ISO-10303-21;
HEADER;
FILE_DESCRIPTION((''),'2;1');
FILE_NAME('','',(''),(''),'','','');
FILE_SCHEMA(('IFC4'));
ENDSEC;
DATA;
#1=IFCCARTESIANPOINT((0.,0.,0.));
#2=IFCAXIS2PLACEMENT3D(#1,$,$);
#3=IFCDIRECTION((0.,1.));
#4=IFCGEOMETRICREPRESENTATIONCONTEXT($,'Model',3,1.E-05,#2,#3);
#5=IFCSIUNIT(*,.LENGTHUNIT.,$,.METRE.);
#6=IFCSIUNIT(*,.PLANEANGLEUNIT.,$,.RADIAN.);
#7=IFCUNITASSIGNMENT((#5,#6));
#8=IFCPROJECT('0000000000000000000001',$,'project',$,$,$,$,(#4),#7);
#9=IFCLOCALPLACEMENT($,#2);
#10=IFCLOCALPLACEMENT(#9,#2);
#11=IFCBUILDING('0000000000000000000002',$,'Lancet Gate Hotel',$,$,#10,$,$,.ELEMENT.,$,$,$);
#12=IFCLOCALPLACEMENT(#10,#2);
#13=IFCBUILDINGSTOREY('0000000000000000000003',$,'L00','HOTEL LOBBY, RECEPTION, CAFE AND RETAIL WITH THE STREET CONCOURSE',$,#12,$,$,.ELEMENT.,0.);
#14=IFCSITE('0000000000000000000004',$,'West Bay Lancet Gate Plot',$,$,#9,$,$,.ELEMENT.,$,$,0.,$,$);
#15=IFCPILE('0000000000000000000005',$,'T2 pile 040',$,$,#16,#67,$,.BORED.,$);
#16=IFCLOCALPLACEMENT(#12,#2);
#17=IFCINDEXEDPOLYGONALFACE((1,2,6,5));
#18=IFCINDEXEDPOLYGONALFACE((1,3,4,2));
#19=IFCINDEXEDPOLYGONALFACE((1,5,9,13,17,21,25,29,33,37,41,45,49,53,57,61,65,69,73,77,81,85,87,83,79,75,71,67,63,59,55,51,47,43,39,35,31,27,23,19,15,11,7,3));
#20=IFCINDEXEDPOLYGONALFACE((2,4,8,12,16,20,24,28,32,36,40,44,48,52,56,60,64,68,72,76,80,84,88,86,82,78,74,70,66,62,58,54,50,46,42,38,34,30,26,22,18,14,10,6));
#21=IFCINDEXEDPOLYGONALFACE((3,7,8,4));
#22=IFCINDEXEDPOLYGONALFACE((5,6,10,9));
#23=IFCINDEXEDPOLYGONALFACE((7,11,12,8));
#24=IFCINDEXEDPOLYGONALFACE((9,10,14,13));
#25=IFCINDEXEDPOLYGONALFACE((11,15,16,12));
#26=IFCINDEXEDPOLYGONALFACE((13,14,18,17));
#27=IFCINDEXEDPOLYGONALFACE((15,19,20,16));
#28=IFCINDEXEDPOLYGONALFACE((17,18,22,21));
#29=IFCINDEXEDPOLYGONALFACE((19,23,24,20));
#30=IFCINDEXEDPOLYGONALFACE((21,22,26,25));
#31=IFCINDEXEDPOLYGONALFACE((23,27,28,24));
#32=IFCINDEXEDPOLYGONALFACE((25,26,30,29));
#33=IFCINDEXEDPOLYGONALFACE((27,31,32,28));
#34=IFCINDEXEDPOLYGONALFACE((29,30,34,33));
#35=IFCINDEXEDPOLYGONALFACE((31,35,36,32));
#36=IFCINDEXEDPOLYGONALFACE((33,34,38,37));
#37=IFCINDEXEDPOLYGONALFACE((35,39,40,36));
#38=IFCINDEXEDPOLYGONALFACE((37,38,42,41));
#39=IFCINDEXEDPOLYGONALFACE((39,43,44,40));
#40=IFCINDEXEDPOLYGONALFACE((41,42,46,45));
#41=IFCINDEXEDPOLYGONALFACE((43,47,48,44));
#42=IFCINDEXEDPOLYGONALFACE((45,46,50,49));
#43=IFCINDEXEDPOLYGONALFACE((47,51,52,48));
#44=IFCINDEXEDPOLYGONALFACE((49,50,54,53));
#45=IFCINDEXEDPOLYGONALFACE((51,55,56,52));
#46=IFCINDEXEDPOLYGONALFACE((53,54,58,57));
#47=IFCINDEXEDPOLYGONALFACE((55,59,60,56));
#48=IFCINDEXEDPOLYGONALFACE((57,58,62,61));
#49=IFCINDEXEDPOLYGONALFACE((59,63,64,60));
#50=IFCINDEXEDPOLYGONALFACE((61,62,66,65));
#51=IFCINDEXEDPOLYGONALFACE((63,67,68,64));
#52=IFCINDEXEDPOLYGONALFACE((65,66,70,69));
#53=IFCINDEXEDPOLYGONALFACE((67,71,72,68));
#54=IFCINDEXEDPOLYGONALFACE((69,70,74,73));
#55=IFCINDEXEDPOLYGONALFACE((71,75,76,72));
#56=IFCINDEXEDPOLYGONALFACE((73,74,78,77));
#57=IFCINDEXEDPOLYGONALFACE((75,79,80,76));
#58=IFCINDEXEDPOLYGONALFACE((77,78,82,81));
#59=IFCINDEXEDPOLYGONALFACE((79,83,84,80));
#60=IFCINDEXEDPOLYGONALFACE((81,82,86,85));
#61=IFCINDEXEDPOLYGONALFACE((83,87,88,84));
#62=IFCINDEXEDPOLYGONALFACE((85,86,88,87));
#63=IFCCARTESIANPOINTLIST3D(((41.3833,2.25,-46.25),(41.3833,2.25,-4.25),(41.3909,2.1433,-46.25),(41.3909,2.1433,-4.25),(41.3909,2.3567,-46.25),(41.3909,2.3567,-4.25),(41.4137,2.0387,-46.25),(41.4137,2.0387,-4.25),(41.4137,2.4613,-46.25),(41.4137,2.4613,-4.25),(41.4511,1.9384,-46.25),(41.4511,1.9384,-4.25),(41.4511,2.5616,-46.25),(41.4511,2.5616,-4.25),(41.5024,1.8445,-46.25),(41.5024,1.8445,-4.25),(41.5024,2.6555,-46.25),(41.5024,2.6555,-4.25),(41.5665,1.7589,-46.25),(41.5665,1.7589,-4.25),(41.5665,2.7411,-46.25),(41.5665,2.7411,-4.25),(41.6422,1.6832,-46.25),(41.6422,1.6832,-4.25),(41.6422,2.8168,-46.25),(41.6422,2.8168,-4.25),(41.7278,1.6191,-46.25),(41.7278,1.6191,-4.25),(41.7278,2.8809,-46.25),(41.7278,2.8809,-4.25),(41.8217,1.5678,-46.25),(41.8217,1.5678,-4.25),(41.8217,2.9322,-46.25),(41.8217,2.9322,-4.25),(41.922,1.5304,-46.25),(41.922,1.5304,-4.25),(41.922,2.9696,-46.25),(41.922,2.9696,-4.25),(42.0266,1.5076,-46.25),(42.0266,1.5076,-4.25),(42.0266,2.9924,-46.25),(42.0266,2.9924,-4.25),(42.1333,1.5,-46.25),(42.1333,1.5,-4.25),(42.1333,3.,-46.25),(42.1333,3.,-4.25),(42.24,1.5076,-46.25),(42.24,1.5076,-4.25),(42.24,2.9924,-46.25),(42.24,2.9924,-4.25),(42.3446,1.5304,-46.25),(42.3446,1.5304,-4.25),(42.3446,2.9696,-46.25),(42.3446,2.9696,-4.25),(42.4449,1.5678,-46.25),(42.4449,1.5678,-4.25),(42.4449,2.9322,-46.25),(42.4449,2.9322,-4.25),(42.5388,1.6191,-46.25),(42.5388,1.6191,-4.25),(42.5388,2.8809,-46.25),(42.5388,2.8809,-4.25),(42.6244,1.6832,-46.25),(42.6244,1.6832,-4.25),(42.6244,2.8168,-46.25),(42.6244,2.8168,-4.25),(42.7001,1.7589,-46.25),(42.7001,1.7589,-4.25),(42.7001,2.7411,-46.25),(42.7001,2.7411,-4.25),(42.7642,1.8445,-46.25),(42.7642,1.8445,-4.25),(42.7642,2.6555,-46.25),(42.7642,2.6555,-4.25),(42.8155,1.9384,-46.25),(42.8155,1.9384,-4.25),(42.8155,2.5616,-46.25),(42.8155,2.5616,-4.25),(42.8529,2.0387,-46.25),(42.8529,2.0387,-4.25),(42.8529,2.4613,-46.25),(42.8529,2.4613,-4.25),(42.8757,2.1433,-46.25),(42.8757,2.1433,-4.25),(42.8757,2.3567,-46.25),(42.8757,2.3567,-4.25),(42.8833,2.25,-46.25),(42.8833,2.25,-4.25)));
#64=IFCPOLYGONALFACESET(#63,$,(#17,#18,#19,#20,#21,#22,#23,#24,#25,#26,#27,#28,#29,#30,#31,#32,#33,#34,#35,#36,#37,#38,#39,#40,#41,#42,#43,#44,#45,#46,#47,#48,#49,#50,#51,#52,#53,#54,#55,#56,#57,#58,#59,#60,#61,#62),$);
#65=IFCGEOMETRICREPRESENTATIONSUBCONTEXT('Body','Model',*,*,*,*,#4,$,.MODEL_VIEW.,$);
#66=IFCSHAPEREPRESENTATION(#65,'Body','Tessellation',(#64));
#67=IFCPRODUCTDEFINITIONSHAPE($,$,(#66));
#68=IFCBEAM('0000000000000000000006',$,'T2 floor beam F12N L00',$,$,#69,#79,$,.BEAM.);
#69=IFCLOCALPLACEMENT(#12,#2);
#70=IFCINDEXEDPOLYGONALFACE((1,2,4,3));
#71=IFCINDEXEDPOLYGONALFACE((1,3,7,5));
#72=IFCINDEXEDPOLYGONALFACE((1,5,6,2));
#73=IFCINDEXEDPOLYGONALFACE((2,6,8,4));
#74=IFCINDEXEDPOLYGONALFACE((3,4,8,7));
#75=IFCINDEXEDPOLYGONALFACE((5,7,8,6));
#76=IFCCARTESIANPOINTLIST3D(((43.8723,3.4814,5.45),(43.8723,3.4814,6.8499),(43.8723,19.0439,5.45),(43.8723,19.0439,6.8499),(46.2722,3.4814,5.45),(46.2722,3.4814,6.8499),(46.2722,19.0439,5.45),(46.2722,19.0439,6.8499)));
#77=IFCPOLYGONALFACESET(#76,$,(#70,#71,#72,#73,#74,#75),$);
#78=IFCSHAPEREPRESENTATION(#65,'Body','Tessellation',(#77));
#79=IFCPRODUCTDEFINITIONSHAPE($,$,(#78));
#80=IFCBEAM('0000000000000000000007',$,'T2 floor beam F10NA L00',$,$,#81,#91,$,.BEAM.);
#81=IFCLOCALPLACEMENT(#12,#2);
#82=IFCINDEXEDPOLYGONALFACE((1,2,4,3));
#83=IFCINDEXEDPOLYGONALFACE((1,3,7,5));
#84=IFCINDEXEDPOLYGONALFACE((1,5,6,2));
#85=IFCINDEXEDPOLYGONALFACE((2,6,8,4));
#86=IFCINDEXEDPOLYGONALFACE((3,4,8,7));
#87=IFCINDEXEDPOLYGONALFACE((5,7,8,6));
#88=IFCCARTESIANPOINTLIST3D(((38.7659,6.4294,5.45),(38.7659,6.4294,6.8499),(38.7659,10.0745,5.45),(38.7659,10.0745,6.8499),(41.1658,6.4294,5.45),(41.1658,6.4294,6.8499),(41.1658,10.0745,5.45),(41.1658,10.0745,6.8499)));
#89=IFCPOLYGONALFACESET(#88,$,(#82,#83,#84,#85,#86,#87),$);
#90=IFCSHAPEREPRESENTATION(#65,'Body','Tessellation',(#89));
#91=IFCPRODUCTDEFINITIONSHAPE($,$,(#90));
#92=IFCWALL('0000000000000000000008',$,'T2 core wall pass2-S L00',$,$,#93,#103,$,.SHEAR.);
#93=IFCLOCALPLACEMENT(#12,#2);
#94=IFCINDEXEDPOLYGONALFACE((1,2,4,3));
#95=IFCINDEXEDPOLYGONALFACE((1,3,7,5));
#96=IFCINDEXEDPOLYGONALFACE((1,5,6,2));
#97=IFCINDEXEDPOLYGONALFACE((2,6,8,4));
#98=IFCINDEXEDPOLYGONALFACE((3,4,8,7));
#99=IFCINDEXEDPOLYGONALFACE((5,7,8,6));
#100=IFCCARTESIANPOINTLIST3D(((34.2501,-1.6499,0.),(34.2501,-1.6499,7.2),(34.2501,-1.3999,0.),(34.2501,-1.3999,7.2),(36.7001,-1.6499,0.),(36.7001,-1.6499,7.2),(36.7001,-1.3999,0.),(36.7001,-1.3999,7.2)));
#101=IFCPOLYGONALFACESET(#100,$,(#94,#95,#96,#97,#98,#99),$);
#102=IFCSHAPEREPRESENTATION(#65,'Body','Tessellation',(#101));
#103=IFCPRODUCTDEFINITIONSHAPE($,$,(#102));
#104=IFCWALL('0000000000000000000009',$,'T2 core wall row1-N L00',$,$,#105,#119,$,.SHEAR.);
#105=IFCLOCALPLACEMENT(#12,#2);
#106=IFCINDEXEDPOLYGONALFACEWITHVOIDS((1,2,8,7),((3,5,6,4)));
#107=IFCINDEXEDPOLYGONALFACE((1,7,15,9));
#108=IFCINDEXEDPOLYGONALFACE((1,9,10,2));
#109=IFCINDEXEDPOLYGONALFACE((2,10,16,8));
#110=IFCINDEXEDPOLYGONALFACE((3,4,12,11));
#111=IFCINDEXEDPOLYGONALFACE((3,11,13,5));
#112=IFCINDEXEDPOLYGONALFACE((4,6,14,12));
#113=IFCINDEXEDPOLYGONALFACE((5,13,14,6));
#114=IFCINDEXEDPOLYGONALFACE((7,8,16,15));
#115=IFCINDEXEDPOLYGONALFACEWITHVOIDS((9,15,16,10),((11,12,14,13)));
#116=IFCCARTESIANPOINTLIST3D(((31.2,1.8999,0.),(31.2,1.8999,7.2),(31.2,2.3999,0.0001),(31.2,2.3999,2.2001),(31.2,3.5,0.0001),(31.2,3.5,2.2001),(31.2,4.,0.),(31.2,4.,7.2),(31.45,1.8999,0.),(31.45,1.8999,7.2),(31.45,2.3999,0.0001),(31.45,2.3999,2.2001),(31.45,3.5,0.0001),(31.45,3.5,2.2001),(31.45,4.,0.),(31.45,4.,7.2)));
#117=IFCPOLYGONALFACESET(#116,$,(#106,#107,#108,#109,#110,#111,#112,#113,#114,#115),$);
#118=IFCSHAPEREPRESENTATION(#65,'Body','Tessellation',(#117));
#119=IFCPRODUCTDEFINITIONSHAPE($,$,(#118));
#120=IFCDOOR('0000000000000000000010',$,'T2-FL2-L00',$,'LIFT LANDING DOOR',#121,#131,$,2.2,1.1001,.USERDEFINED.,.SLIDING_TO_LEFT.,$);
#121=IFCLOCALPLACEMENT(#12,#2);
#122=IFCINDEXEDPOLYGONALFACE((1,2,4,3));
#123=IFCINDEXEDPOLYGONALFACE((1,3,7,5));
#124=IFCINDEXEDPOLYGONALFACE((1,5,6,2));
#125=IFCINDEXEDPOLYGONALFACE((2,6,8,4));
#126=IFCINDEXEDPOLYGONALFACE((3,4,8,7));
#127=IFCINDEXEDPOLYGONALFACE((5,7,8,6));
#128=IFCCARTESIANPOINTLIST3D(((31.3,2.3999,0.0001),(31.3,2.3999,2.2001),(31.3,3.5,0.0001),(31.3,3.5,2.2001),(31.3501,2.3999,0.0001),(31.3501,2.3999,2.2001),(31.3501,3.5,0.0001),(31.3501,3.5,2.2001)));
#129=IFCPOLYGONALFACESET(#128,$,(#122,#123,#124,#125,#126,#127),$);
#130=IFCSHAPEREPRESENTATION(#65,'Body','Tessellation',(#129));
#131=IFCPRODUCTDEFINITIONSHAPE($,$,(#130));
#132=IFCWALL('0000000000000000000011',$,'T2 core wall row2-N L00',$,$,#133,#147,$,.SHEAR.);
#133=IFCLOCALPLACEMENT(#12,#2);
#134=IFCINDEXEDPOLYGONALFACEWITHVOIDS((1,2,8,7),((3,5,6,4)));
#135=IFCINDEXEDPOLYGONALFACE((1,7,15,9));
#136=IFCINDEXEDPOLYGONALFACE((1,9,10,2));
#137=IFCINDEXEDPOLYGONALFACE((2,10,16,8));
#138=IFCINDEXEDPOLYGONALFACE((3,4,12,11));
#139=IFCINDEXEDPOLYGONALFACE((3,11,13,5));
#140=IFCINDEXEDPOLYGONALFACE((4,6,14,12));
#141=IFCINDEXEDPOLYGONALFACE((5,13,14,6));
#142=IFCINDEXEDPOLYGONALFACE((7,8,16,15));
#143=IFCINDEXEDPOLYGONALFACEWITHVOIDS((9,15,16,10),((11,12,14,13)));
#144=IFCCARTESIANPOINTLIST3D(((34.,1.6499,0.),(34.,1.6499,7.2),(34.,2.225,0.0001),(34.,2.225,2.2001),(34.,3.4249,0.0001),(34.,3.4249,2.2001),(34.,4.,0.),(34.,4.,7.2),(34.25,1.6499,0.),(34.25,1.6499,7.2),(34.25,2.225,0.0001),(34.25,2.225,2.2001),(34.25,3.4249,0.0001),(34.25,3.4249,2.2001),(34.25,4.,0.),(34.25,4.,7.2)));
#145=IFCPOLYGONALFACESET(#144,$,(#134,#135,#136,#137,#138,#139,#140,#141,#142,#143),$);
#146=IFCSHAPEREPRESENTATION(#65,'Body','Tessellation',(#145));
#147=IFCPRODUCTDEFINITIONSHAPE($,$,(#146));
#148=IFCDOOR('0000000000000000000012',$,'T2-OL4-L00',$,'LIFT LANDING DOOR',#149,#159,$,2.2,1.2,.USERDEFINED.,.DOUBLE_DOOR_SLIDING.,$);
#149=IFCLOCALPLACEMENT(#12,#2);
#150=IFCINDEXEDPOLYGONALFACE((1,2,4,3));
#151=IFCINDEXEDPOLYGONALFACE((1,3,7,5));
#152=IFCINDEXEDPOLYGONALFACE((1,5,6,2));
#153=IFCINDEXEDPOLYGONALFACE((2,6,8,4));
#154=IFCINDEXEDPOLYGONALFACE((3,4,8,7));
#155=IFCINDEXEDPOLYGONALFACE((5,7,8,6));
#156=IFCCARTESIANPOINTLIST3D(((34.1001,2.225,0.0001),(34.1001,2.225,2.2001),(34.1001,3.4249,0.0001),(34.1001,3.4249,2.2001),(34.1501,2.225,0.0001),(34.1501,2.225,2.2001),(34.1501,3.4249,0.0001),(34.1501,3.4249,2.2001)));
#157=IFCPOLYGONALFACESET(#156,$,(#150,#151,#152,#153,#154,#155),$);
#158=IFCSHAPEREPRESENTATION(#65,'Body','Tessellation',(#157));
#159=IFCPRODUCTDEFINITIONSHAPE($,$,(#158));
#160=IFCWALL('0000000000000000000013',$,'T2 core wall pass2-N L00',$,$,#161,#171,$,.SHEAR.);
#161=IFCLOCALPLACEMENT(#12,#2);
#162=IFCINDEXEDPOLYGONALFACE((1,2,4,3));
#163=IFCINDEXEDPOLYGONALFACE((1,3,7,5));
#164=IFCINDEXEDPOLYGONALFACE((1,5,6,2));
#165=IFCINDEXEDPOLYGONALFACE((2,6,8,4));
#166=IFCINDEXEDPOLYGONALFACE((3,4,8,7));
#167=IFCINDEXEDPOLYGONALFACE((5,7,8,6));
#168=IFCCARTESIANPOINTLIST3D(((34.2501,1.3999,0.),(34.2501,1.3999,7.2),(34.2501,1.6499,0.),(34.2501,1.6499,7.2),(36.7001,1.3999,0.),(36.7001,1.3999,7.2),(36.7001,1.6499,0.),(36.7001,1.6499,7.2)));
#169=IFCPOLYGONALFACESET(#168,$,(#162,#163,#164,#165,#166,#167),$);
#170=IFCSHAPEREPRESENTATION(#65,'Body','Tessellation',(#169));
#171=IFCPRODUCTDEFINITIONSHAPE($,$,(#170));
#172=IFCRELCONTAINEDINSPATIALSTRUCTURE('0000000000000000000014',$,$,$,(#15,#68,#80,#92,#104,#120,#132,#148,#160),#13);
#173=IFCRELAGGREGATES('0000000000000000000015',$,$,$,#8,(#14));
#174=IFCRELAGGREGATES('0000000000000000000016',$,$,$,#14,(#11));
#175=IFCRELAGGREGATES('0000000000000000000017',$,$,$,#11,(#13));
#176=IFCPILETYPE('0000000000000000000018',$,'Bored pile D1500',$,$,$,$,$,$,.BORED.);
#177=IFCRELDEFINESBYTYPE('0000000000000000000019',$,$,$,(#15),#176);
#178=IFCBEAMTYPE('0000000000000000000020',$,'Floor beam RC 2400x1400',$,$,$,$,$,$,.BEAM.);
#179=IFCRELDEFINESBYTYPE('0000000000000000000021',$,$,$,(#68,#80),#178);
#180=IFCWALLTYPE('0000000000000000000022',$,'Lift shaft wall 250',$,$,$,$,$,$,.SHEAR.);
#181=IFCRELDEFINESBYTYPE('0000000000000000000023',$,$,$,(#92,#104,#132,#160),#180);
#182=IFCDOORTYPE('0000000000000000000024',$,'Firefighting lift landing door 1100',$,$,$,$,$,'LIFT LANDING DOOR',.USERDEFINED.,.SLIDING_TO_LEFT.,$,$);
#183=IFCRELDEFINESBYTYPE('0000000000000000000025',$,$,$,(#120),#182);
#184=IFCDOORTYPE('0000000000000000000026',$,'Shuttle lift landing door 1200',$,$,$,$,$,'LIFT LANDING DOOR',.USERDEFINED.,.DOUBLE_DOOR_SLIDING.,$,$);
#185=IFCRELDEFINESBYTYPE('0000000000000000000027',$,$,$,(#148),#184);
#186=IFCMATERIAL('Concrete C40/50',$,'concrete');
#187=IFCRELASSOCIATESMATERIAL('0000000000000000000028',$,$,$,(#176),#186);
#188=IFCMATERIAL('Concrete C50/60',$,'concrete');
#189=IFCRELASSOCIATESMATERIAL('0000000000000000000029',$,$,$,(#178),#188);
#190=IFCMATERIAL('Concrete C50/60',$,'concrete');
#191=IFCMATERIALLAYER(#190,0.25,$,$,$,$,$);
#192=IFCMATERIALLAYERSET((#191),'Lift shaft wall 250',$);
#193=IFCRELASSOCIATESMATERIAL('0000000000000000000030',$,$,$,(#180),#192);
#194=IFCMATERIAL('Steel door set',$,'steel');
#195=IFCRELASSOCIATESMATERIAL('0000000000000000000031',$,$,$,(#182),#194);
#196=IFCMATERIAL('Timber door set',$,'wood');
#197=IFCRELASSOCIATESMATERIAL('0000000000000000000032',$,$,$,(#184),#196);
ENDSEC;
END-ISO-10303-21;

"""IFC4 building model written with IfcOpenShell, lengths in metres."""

from ifc_helpers import new_model, si_unit, direction, frame, frame_2d, origin, origin_2d, place, context, subcontext, project, spatial, rectangle, circle, extrude, material, layer, layer_set, material_profile, profile_set, type_object, element, fill, save


model = new_model("IFC4")

# Units and contexts
model_context = context("Model", 3, precision=1e-05, world=origin(), true_north=direction((0.0, 1.0)))
body_context = subcontext(model_context, "Body", "Model", "MODEL_VIEW")
ifc_project = project(units=[si_unit("LENGTHUNIT", "METRE"), si_unit("PLANEANGLEUNIT", "RADIAN")], contexts=[model_context])

# Site, building, storey
site_placement = place(None, origin())
site = spatial("IfcSite", under=ifc_project, at=site_placement, Name="West Bay Lancet Gate Plot", CompositionType="ELEMENT", RefElevation=0.0)
building_placement = place(site_placement, origin())
building = spatial("IfcBuilding", under=site, at=building_placement, Name="Lancet Gate Hotel", CompositionType="ELEMENT")
storey_placement = place(building_placement, origin())
storey = spatial("IfcBuildingStorey", under=building, at=storey_placement, Name="L00", Description="HOTEL LOBBY, RECEPTION, CAFE AND RETAIL WITH THE STREET CONCOURSE", CompositionType="ELEMENT", Elevation=0.0)

# Pile
ifc_material_1 = material(Name="Concrete C40/50", Category="concrete")
ifc_material_profile_1 = material_profile(ifc_material_1, circle(Radius=0.75, at=origin_2d()), Name="PILE D1500")
ifc_profile_set_1 = profile_set([ifc_material_profile_1], Name="Concrete C40/50")
pile_type = type_object("IfcPileType", Name="Bored pile D1500", PredefinedType="BORED", material=ifc_profile_set_1)
for number, where, z_axis, x_axis, name in (
    (1, (42.1333, 2.25, -4.25), (0.0, 0.0, -1.0), (1.0, 0.0, 0.0), "T2 pile 040"),
):
    element("IfcPile", number, at=place(storey_placement, frame(where, z_axis=z_axis, x_axis=x_axis)), inside=storey, type_object=pile_type, Name=name, PredefinedType="BORED", context=body_context, shape_type="SweptSolid", body=[
        extrude(circle(Radius=0.75, at=origin_2d()), origin(), (0.0, 0.0, 1.0), 42.0),
    ])

# Beams
ifc_material_2 = material(Name="Concrete C50/60", Category="concrete")
ifc_material_profile_2 = material_profile(ifc_material_2, rectangle(XDim=2.3999, YDim=1.3999, at=origin_2d()), Name="RC 2400x1400")
ifc_profile_set_2 = profile_set([ifc_material_profile_2], Name="Concrete C50/60")
beam_type = type_object("IfcBeamType", Name="Floor beam RC 2400x1400", PredefinedType="BEAM", material=ifc_profile_set_2)
beam_1_placement = place(storey_placement, frame((45.0723, 3.4814, 6.1499), z_axis=(0.0, 1.0, 0.0), x_axis=(-1.0, 0.0, 0.0)))
element("IfcBeam", 2, at=beam_1_placement, inside=storey, type_object=beam_type, Name="T2 floor beam F12N L00", PredefinedType="BEAM", context=body_context, shape_type="SweptSolid", body=[
    extrude(rectangle(XDim=2.3999, YDim=1.3999, at=origin_2d()), origin(), (0.0, 0.0, 1.0), 15.5625),
])
beam_2_placement = place(storey_placement, frame((39.9658, 6.4294, 6.1499), z_axis=(0.0, 1.0, 0.0), x_axis=(-1.0, 0.0, 0.0)))
element("IfcBeam", 3, at=beam_2_placement, inside=storey, type_object=beam_type, Name="T2 floor beam F10NA L00", PredefinedType="BEAM", context=body_context, shape_type="SweptSolid", body=[
    extrude(rectangle(XDim=2.3999, YDim=1.3999, at=origin_2d()), origin(), (0.0, 0.0, 1.0), 3.645),
])

# Wall
ifc_material_3 = material(Name="Concrete C50/60", Category="concrete")
ifc_layer_1 = layer(ifc_material_3, 0.25)
ifc_layer_set_1 = layer_set([ifc_layer_1], Name="Lift shaft wall 250")
wall_type_1 = type_object("IfcWallType", Name="Lift shaft wall 250", PredefinedType="SHEAR", material=ifc_layer_set_1)
wall_1_placement = place(storey_placement, frame((34.25, -1.5249, 0.0), z_axis=(0.0, 0.0, 1.0), x_axis=(1.0, 0.0, 0.0)))
element("IfcWall", 4, at=wall_1_placement, inside=storey, type_object=wall_type_1, Name="T2 core wall pass2-S L00", PredefinedType="SHEAR", context=body_context, shape_type="SweptSolid", body=[
    extrude(rectangle(XDim=2.45, YDim=0.25, at=frame_2d((1.2251, 0.0))), origin(), (0.0, 0.0, 1.0), 7.2),
])

# Walls, openings, doors
wall_2_placement = place(storey_placement, frame((31.325, 1.8999, 0.0), z_axis=(0.0, 0.0, 1.0), x_axis=(0.0, 1.0, 0.0)))
wall_2 = element("IfcWall", 5, at=wall_2_placement, inside=storey, type_object=wall_type_1, Name="T2 core wall row1-N L00", PredefinedType="SHEAR", context=body_context, shape_type="SweptSolid", body=[
    extrude(rectangle(XDim=2.1001, YDim=0.25, at=frame_2d((1.05, 0.0))), origin(), (0.0, 0.0, 1.0), 7.2),
])
opening_1_placement = place(wall_2_placement, frame((0.5, 0.0, 0.0)))
opening_1 = element("IfcOpeningElement", 6, at=opening_1_placement, cuts=wall_2, PredefinedType="OPENING", context=body_context, shape_type="SweptSolid", body=[
    extrude(rectangle(XDim=1.1001, YDim=2.2, at=frame_2d((0.55, 1.1001))), frame((0.0, 0.135, 0.0), z_axis=(0.0, -1.0, 0.0), x_axis=(1.0, 0.0, 0.0)), (0.0, 0.0, 1.0), 0.27),
])
ifc_material_4 = material(Name="Steel door set", Category="steel")
door_type_1 = type_object("IfcDoorType", Name="Firefighting lift landing door 1100", ElementType="LIFT LANDING DOOR", OperationType="SLIDING_TO_LEFT", PredefinedType="USERDEFINED", material=ifc_material_4)
door_1_placement = place(opening_1_placement, origin())
door_1 = element("IfcDoor", 7, at=door_1_placement, inside=storey, type_object=door_type_1, Name="T2-FL2-L00", ObjectType="LIFT LANDING DOOR", OperationType="SLIDING_TO_LEFT", OverallHeight=2.2, OverallWidth=1.1001, PredefinedType="USERDEFINED", context=body_context, shape_type="SweptSolid", body=[
    extrude(rectangle(XDim=1.1001, YDim=2.2, at=frame_2d((0.55, 1.1001))), frame((0.0, 0.0249, 0.0), z_axis=(0.0, -1.0, 0.0), x_axis=(1.0, 0.0, 0.0)), (0.0, 0.0, 1.0), 0.05),
])
fill(opening_1, door_1)
wall_3_placement = place(storey_placement, frame((34.125, 1.6499, 0.0), z_axis=(0.0, 0.0, 1.0), x_axis=(0.0, 1.0, 0.0)))
wall_3 = element("IfcWall", 8, at=wall_3_placement, inside=storey, type_object=wall_type_1, Name="T2 core wall row2-N L00", PredefinedType="SHEAR", context=body_context, shape_type="SweptSolid", body=[
    extrude(rectangle(XDim=2.3501, YDim=0.25, at=frame_2d((1.175, 0.0))), origin(), (0.0, 0.0, 1.0), 7.2),
])
opening_2_placement = place(wall_3_placement, frame((0.575, 0.0, 0.0)))
opening_2 = element("IfcOpeningElement", 9, at=opening_2_placement, cuts=wall_3, PredefinedType="OPENING", context=body_context, shape_type="SweptSolid", body=[
    extrude(rectangle(XDim=1.2, YDim=2.2, at=frame_2d((0.6001, 1.1001))), frame((0.0, 0.135, 0.0), z_axis=(0.0, -1.0, 0.0), x_axis=(1.0, 0.0, 0.0)), (0.0, 0.0, 1.0), 0.27),
])
ifc_material_5 = material(Name="Timber door set", Category="wood")
door_type_2 = type_object("IfcDoorType", Name="Shuttle lift landing door 1200", ElementType="LIFT LANDING DOOR", OperationType="DOUBLE_DOOR_SLIDING", PredefinedType="USERDEFINED", material=ifc_material_5)
door_2_placement = place(opening_2_placement, origin())
door_2 = element("IfcDoor", 10, at=door_2_placement, inside=storey, type_object=door_type_2, Name="T2-OL4-L00", ObjectType="LIFT LANDING DOOR", OperationType="DOUBLE_DOOR_SLIDING", OverallHeight=2.2, OverallWidth=1.2, PredefinedType="USERDEFINED", context=body_context, shape_type="SweptSolid", body=[
    extrude(rectangle(XDim=1.2, YDim=2.2, at=frame_2d((0.6001, 1.1001))), frame((0.0, 0.0249, 0.0), z_axis=(0.0, -1.0, 0.0), x_axis=(1.0, 0.0, 0.0)), (0.0, 0.0, 1.0), 0.05),
])
fill(opening_2, door_2)

# Wall
wall_4_placement = place(storey_placement, frame((34.25, 1.5249, 0.0), z_axis=(0.0, 0.0, 1.0), x_axis=(1.0, 0.0, 0.0)))
element("IfcWall", 11, at=wall_4_placement, inside=storey, type_object=wall_type_1, Name="T2 core wall pass2-N L00", PredefinedType="SHEAR", context=body_context, shape_type="SweptSolid", body=[
    extrude(rectangle(XDim=2.45, YDim=0.25, at=frame_2d((1.2251, 0.0))), origin(), (0.0, 0.0, 1.0), 7.2),
])

save(model, "model.ifc")
